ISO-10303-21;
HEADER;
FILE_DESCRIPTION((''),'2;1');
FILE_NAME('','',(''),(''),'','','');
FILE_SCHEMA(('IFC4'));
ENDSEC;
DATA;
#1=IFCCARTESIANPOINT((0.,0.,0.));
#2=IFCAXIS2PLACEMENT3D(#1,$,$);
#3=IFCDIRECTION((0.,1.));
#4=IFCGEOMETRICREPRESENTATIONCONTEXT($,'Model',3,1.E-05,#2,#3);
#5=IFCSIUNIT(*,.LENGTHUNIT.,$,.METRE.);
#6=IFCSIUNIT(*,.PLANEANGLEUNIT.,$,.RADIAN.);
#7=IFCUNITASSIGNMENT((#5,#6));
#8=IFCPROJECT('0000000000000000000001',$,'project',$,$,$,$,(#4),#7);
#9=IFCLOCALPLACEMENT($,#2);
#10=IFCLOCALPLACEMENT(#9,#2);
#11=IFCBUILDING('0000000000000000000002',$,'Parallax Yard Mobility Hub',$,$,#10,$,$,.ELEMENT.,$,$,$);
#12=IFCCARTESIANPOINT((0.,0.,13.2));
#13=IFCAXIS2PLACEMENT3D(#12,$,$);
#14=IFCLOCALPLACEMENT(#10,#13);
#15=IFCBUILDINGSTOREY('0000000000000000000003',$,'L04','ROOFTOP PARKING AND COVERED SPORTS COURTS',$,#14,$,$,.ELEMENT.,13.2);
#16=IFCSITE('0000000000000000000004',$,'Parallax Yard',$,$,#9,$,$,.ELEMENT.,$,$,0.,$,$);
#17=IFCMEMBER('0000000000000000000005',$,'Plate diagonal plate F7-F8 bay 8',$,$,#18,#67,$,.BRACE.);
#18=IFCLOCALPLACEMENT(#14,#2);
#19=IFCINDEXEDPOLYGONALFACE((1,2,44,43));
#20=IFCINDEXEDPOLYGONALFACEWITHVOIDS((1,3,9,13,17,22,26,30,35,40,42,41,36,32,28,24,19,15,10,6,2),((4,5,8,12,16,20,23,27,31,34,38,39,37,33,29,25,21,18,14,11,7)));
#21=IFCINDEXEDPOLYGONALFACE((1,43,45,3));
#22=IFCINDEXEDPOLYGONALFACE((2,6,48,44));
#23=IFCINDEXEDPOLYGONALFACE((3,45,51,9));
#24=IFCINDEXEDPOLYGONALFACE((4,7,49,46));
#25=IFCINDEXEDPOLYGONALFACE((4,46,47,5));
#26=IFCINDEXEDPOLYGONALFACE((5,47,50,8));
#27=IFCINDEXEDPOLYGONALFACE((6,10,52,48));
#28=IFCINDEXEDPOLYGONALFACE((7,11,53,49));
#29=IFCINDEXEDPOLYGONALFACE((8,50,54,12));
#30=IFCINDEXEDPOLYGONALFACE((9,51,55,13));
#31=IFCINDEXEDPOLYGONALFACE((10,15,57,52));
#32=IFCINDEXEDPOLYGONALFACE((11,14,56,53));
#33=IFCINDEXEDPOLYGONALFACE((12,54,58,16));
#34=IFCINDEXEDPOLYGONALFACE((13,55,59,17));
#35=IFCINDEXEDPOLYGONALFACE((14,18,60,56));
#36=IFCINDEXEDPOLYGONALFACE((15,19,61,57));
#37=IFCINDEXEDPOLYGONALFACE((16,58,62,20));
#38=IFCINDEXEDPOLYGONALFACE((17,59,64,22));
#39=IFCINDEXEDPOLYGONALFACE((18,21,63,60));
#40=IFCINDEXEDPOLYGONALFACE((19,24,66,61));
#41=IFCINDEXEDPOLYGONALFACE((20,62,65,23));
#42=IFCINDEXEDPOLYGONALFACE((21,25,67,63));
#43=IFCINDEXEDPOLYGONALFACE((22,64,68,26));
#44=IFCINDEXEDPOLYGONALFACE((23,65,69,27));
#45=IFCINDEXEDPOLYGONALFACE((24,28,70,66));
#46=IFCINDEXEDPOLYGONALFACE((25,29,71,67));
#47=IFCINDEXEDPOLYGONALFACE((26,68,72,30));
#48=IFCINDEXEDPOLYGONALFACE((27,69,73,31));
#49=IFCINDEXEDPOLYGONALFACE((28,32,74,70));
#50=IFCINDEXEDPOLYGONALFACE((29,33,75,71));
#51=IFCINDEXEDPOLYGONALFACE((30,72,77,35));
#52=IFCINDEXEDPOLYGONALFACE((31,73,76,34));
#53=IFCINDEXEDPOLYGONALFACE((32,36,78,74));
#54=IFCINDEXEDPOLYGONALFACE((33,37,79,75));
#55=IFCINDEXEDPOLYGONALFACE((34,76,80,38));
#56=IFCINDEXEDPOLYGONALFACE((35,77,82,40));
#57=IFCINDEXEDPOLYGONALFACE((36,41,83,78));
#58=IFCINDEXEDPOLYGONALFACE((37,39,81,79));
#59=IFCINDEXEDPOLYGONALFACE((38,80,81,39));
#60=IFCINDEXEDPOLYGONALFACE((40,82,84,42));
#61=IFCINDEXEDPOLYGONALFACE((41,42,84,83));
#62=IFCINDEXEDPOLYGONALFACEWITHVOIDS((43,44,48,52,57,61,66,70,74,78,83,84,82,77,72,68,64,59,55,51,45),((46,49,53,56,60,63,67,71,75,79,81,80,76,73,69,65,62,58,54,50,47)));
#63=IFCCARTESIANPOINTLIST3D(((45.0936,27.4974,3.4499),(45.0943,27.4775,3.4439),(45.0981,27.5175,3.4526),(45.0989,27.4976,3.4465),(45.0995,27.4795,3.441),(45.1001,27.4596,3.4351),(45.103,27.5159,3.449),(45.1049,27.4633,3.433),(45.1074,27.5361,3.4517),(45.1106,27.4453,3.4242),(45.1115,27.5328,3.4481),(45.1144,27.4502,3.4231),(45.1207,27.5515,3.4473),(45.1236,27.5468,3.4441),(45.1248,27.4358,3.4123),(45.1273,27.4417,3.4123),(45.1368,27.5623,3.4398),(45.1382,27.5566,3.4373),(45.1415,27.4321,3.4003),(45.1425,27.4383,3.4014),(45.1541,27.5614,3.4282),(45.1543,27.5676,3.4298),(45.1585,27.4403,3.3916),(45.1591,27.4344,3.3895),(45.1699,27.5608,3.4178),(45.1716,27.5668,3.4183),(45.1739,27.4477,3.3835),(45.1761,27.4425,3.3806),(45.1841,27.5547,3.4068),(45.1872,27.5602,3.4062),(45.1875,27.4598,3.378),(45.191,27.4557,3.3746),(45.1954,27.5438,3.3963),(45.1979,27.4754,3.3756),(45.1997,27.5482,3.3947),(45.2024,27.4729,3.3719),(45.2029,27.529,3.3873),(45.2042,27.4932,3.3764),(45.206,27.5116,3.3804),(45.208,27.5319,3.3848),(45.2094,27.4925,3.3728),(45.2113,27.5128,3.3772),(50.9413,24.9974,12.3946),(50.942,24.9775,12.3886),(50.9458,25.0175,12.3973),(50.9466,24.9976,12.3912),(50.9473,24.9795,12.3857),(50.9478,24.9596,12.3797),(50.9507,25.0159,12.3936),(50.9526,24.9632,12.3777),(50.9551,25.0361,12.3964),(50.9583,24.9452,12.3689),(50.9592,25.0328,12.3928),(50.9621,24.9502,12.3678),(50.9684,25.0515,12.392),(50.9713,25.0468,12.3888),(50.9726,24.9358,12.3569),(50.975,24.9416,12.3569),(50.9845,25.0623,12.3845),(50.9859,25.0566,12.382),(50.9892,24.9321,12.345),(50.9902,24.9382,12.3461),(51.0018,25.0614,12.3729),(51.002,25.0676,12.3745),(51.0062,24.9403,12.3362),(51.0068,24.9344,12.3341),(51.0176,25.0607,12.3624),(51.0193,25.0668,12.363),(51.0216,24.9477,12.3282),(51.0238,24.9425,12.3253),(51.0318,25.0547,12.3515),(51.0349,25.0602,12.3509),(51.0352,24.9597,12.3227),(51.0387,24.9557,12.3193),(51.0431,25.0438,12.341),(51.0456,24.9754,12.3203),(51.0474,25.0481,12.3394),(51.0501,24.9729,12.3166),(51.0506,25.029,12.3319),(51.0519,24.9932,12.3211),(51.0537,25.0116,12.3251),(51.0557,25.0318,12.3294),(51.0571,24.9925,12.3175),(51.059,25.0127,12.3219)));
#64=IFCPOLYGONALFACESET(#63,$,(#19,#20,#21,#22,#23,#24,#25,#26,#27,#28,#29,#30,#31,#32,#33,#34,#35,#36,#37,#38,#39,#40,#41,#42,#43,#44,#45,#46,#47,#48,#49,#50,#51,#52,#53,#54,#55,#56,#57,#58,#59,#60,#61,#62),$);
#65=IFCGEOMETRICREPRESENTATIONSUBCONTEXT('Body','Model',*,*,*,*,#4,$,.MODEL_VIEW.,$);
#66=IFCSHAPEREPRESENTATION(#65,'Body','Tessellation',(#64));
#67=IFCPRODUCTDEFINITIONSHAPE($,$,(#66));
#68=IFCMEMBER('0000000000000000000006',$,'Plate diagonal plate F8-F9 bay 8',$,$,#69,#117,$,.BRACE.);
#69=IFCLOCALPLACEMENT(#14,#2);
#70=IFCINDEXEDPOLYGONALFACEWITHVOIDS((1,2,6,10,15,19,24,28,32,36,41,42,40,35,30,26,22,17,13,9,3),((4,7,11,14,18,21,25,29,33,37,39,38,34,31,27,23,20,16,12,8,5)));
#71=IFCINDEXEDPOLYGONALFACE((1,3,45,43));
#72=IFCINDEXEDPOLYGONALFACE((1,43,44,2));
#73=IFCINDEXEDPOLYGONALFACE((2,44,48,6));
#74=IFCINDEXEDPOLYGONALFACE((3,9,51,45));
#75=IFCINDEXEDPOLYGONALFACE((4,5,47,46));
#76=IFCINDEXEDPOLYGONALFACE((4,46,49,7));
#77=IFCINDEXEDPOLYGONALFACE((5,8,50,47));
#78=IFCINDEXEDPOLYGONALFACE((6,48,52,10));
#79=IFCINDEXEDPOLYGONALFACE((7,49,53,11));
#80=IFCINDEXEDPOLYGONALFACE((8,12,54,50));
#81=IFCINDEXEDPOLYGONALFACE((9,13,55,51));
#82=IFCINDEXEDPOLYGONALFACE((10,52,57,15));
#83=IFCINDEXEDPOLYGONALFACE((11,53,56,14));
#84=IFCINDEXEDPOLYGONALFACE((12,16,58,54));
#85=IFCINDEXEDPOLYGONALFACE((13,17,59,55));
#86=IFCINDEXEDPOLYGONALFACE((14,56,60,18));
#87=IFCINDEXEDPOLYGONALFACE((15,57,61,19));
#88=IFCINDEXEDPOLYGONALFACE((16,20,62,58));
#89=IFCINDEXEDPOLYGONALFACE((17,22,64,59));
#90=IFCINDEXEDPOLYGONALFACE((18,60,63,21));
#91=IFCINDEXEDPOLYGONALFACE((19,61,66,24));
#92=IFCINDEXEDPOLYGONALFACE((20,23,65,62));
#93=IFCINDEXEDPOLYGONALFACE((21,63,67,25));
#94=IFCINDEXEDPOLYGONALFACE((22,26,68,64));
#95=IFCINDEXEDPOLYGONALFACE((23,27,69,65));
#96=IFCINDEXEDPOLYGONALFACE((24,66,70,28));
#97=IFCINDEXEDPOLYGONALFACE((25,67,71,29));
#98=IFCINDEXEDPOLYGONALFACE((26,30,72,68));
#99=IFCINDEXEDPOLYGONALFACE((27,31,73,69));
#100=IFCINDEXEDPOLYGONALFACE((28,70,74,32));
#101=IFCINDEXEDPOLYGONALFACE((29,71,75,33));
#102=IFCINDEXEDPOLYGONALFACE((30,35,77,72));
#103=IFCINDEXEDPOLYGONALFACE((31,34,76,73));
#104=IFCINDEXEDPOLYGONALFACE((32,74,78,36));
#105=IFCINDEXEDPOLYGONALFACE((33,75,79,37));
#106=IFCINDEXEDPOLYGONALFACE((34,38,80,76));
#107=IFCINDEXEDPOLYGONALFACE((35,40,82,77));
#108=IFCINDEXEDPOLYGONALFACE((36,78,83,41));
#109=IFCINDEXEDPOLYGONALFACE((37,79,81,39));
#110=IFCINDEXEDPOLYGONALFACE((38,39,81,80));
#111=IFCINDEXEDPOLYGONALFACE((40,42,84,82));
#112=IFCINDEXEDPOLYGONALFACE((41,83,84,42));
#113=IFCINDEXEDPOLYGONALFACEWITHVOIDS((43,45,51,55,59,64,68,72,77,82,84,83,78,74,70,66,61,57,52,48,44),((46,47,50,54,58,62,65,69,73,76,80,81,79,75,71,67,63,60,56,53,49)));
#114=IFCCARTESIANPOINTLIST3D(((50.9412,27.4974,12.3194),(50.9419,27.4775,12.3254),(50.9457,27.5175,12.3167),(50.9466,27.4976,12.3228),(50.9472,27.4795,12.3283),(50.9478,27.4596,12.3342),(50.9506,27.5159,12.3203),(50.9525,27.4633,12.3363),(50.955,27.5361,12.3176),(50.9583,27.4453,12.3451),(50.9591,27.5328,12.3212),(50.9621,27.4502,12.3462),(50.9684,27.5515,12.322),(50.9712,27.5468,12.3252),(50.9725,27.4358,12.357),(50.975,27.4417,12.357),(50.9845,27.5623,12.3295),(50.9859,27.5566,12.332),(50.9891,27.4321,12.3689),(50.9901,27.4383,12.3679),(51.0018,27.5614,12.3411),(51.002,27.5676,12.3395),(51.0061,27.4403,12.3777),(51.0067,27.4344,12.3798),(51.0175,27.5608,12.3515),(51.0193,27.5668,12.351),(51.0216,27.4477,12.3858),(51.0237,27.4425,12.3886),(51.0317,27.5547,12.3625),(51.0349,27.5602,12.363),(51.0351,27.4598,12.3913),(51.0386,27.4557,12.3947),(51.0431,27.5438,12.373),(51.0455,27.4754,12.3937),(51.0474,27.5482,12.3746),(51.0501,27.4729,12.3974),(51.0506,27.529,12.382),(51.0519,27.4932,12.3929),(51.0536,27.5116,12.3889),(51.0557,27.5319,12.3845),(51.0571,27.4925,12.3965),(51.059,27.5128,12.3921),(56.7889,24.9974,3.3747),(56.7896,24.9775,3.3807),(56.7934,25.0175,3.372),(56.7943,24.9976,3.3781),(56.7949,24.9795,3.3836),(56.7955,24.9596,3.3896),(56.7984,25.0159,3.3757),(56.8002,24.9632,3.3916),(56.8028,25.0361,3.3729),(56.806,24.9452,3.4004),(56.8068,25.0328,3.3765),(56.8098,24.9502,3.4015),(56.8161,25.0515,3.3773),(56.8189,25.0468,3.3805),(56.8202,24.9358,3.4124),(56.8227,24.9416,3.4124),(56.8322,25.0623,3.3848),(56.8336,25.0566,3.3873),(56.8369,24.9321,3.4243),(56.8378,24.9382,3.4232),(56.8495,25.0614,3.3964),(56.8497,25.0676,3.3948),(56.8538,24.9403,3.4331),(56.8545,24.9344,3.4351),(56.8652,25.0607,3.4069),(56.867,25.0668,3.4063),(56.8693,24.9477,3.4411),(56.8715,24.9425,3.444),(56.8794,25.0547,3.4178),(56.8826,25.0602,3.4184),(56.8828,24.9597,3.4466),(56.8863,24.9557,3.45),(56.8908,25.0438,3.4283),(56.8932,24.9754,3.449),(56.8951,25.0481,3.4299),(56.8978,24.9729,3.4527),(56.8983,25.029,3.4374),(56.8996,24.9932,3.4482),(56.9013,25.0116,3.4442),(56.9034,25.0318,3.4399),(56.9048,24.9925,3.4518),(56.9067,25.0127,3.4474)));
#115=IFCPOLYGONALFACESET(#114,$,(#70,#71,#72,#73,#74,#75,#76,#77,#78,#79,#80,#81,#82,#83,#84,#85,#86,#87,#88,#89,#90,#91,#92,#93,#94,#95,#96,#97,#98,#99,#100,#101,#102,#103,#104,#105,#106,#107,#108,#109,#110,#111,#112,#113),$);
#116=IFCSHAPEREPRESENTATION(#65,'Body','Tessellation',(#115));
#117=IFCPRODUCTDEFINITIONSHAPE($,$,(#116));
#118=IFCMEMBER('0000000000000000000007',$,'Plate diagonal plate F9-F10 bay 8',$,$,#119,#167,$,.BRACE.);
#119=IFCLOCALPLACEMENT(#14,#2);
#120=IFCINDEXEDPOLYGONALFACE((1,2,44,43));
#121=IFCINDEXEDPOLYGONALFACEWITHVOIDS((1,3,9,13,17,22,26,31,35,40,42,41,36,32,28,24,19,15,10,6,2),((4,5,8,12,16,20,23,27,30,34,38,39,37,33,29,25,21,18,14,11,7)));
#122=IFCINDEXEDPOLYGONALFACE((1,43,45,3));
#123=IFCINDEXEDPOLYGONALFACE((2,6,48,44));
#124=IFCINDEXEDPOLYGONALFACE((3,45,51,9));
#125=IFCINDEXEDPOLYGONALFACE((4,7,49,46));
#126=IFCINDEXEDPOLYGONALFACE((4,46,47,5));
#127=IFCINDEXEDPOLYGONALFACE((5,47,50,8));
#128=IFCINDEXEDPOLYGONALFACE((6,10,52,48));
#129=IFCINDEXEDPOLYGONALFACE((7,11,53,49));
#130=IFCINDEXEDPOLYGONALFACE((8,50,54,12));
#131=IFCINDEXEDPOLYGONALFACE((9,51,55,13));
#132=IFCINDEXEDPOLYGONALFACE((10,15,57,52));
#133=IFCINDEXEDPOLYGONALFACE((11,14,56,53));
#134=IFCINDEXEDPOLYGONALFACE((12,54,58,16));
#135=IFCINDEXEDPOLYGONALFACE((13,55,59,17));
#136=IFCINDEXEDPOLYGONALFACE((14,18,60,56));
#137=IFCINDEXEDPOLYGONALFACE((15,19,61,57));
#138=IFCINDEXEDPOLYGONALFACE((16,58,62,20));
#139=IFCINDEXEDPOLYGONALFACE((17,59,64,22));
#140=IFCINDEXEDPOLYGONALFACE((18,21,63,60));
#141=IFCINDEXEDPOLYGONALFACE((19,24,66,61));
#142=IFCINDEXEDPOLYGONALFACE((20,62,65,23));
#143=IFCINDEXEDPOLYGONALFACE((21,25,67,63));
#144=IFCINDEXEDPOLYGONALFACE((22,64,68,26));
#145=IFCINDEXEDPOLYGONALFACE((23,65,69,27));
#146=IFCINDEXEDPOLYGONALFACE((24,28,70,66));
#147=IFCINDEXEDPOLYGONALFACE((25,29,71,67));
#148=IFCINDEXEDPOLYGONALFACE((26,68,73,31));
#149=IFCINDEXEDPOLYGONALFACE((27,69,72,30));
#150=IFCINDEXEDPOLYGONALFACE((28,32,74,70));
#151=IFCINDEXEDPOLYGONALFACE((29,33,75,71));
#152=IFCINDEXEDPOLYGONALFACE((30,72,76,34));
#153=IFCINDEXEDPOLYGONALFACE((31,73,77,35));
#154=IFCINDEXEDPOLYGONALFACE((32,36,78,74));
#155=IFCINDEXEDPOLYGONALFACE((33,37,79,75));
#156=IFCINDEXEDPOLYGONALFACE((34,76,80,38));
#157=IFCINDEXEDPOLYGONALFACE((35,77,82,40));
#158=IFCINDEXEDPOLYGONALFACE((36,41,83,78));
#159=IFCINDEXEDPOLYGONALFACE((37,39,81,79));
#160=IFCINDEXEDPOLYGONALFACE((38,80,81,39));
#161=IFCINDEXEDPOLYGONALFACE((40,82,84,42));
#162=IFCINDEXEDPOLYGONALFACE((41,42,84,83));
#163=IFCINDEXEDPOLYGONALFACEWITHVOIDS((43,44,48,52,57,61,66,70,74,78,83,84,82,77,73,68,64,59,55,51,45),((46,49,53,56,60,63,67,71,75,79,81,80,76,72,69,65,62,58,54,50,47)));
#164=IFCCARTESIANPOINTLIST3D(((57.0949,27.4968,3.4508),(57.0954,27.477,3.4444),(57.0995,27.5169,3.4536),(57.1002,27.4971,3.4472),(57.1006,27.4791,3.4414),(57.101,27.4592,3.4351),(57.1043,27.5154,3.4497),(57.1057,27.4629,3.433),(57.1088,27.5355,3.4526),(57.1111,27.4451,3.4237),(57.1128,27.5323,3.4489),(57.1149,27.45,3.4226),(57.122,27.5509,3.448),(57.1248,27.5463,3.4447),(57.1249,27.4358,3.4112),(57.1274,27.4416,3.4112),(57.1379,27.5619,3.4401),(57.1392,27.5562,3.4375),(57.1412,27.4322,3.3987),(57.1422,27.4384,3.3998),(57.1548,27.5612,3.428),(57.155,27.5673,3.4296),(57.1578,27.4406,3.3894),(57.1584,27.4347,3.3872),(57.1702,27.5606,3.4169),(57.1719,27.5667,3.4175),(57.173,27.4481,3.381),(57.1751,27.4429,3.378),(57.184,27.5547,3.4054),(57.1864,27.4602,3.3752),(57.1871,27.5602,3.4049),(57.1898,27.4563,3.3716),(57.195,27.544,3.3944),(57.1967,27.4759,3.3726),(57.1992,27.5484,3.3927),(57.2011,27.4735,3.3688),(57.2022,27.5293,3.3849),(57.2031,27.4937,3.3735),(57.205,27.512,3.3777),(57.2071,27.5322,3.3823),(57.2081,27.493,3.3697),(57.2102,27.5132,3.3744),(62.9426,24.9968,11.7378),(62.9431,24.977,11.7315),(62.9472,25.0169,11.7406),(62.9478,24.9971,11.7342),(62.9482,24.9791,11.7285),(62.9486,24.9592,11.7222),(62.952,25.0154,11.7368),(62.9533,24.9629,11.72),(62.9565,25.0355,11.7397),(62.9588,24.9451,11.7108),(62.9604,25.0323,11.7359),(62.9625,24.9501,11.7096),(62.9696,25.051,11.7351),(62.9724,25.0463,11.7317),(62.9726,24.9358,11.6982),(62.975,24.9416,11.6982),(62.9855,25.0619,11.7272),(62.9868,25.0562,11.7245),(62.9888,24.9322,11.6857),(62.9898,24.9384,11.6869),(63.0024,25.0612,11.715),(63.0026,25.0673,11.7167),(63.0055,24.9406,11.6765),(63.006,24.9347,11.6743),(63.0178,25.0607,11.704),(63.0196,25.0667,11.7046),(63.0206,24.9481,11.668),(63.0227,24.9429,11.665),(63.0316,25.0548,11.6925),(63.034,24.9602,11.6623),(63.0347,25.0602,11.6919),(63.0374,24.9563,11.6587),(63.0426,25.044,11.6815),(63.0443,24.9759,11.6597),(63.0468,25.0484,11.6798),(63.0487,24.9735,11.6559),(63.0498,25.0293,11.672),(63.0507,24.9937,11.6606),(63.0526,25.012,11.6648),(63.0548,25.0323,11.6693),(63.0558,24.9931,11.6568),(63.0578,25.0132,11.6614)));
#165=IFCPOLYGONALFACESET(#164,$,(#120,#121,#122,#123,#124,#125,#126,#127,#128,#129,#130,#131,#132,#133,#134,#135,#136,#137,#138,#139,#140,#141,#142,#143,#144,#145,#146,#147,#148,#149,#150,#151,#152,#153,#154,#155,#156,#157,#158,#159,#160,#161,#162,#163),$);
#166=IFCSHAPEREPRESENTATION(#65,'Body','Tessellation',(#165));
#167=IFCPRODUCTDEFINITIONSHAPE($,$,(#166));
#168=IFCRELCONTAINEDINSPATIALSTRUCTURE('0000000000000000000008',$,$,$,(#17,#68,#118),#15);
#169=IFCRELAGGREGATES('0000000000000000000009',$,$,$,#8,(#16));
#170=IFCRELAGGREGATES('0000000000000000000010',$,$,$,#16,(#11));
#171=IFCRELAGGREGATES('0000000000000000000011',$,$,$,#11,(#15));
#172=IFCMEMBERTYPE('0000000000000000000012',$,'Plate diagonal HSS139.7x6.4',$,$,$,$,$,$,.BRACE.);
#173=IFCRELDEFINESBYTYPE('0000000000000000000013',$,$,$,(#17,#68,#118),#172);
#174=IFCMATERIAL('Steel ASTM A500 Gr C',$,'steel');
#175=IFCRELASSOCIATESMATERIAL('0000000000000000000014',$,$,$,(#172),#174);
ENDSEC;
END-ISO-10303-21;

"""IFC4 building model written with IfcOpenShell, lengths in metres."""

from ifc_helpers import new_model, si_unit, direction, frame, origin, origin_2d, place, context, subcontext, project, spatial, hollow_circle, extrude, material, material_profile, profile_set, type_object, element, save


model = new_model("IFC4")

# Units and contexts
model_context = context("Model", 3, precision=1e-05, world=origin(), true_north=direction((0.0, 1.0)))
body_context = subcontext(model_context, "Body", "Model", "MODEL_VIEW")
ifc_project = project(units=[si_unit("LENGTHUNIT", "METRE"), si_unit("PLANEANGLEUNIT", "RADIAN")], contexts=[model_context])

# Site, building, storey
site_placement = place(None, origin())
site = spatial("IfcSite", under=ifc_project, at=site_placement, Name="Parallax Yard", CompositionType="ELEMENT", RefElevation=0.0)
building_placement = place(site_placement, origin())
building = spatial("IfcBuilding", under=site, at=building_placement, Name="Parallax Yard Mobility Hub", CompositionType="ELEMENT")
storey_placement = place(building_placement, frame((0.0, 0.0, 13.2)))
storey = spatial("IfcBuildingStorey", under=building, at=storey_placement, Name="L04", Description="ROOFTOP PARKING AND COVERED SPORTS COURTS", CompositionType="ELEMENT", Elevation=13.2)

# Members
ifc_material_1 = material(Name="Steel ASTM A500 Gr C", Category="steel")
ifc_material_profile_1 = material_profile(ifc_material_1, hollow_circle(Radius=0.0698, WallThickness=0.0063, at=origin_2d()), Name="HSS139.7x6.4")
ifc_profile_set_1 = profile_set([ifc_material_profile_1], Name="Steel ASTM A500 Gr C")
member_type_1 = type_object("IfcMemberType", Name="Plate diagonal HSS139.7x6.4", PredefinedType="BRACE", material=ifc_profile_set_1)
for number, where, z_axis, x_axis, name in (
    (1, (51.0, 25.0, 12.3569), (-0.532816, 0.22779, -0.814996), (-0.393104, -0.919494, 0.0), "Plate diagonal plate F7-F8 bay 8"),
    (2, (56.8477, 25.0, 3.4124), (-0.532816, 0.22779, 0.814996), (-0.393104, -0.919494, 0.0), "Plate diagonal plate F8-F9 bay 8"),
):
    element("IfcMember", number, at=place(storey_placement, frame(where, z_axis=z_axis, x_axis=x_axis)), inside=storey, type_object=member_type_1, Name=name, PredefinedType="BRACE", context=body_context, shape_type="SweptSolid", body=[
        extrude(hollow_circle(Radius=0.0698, WallThickness=0.0063, at=origin_2d()), origin(), (0.0, 0.0, 1.0), 10.9751),
    ])
member_1_placement = place(storey_placement, frame((63.0, 25.0, 11.6982), z_axis=(-0.559793, 0.239323, -0.79332), x_axis=(-0.393104, -0.919494, 0.0)))
element("IfcMember", 3, at=member_1_placement, inside=storey, type_object=member_type_1, Name="Plate diagonal plate F9-F10 bay 8", PredefinedType="BRACE", context=body_context, shape_type="SweptSolid", body=[
    extrude(hollow_circle(Radius=0.0698, WallThickness=0.0063, at=origin_2d()), origin(), (0.0, 0.0, 1.0), 10.446),
])

save(model, "model.ifc")
